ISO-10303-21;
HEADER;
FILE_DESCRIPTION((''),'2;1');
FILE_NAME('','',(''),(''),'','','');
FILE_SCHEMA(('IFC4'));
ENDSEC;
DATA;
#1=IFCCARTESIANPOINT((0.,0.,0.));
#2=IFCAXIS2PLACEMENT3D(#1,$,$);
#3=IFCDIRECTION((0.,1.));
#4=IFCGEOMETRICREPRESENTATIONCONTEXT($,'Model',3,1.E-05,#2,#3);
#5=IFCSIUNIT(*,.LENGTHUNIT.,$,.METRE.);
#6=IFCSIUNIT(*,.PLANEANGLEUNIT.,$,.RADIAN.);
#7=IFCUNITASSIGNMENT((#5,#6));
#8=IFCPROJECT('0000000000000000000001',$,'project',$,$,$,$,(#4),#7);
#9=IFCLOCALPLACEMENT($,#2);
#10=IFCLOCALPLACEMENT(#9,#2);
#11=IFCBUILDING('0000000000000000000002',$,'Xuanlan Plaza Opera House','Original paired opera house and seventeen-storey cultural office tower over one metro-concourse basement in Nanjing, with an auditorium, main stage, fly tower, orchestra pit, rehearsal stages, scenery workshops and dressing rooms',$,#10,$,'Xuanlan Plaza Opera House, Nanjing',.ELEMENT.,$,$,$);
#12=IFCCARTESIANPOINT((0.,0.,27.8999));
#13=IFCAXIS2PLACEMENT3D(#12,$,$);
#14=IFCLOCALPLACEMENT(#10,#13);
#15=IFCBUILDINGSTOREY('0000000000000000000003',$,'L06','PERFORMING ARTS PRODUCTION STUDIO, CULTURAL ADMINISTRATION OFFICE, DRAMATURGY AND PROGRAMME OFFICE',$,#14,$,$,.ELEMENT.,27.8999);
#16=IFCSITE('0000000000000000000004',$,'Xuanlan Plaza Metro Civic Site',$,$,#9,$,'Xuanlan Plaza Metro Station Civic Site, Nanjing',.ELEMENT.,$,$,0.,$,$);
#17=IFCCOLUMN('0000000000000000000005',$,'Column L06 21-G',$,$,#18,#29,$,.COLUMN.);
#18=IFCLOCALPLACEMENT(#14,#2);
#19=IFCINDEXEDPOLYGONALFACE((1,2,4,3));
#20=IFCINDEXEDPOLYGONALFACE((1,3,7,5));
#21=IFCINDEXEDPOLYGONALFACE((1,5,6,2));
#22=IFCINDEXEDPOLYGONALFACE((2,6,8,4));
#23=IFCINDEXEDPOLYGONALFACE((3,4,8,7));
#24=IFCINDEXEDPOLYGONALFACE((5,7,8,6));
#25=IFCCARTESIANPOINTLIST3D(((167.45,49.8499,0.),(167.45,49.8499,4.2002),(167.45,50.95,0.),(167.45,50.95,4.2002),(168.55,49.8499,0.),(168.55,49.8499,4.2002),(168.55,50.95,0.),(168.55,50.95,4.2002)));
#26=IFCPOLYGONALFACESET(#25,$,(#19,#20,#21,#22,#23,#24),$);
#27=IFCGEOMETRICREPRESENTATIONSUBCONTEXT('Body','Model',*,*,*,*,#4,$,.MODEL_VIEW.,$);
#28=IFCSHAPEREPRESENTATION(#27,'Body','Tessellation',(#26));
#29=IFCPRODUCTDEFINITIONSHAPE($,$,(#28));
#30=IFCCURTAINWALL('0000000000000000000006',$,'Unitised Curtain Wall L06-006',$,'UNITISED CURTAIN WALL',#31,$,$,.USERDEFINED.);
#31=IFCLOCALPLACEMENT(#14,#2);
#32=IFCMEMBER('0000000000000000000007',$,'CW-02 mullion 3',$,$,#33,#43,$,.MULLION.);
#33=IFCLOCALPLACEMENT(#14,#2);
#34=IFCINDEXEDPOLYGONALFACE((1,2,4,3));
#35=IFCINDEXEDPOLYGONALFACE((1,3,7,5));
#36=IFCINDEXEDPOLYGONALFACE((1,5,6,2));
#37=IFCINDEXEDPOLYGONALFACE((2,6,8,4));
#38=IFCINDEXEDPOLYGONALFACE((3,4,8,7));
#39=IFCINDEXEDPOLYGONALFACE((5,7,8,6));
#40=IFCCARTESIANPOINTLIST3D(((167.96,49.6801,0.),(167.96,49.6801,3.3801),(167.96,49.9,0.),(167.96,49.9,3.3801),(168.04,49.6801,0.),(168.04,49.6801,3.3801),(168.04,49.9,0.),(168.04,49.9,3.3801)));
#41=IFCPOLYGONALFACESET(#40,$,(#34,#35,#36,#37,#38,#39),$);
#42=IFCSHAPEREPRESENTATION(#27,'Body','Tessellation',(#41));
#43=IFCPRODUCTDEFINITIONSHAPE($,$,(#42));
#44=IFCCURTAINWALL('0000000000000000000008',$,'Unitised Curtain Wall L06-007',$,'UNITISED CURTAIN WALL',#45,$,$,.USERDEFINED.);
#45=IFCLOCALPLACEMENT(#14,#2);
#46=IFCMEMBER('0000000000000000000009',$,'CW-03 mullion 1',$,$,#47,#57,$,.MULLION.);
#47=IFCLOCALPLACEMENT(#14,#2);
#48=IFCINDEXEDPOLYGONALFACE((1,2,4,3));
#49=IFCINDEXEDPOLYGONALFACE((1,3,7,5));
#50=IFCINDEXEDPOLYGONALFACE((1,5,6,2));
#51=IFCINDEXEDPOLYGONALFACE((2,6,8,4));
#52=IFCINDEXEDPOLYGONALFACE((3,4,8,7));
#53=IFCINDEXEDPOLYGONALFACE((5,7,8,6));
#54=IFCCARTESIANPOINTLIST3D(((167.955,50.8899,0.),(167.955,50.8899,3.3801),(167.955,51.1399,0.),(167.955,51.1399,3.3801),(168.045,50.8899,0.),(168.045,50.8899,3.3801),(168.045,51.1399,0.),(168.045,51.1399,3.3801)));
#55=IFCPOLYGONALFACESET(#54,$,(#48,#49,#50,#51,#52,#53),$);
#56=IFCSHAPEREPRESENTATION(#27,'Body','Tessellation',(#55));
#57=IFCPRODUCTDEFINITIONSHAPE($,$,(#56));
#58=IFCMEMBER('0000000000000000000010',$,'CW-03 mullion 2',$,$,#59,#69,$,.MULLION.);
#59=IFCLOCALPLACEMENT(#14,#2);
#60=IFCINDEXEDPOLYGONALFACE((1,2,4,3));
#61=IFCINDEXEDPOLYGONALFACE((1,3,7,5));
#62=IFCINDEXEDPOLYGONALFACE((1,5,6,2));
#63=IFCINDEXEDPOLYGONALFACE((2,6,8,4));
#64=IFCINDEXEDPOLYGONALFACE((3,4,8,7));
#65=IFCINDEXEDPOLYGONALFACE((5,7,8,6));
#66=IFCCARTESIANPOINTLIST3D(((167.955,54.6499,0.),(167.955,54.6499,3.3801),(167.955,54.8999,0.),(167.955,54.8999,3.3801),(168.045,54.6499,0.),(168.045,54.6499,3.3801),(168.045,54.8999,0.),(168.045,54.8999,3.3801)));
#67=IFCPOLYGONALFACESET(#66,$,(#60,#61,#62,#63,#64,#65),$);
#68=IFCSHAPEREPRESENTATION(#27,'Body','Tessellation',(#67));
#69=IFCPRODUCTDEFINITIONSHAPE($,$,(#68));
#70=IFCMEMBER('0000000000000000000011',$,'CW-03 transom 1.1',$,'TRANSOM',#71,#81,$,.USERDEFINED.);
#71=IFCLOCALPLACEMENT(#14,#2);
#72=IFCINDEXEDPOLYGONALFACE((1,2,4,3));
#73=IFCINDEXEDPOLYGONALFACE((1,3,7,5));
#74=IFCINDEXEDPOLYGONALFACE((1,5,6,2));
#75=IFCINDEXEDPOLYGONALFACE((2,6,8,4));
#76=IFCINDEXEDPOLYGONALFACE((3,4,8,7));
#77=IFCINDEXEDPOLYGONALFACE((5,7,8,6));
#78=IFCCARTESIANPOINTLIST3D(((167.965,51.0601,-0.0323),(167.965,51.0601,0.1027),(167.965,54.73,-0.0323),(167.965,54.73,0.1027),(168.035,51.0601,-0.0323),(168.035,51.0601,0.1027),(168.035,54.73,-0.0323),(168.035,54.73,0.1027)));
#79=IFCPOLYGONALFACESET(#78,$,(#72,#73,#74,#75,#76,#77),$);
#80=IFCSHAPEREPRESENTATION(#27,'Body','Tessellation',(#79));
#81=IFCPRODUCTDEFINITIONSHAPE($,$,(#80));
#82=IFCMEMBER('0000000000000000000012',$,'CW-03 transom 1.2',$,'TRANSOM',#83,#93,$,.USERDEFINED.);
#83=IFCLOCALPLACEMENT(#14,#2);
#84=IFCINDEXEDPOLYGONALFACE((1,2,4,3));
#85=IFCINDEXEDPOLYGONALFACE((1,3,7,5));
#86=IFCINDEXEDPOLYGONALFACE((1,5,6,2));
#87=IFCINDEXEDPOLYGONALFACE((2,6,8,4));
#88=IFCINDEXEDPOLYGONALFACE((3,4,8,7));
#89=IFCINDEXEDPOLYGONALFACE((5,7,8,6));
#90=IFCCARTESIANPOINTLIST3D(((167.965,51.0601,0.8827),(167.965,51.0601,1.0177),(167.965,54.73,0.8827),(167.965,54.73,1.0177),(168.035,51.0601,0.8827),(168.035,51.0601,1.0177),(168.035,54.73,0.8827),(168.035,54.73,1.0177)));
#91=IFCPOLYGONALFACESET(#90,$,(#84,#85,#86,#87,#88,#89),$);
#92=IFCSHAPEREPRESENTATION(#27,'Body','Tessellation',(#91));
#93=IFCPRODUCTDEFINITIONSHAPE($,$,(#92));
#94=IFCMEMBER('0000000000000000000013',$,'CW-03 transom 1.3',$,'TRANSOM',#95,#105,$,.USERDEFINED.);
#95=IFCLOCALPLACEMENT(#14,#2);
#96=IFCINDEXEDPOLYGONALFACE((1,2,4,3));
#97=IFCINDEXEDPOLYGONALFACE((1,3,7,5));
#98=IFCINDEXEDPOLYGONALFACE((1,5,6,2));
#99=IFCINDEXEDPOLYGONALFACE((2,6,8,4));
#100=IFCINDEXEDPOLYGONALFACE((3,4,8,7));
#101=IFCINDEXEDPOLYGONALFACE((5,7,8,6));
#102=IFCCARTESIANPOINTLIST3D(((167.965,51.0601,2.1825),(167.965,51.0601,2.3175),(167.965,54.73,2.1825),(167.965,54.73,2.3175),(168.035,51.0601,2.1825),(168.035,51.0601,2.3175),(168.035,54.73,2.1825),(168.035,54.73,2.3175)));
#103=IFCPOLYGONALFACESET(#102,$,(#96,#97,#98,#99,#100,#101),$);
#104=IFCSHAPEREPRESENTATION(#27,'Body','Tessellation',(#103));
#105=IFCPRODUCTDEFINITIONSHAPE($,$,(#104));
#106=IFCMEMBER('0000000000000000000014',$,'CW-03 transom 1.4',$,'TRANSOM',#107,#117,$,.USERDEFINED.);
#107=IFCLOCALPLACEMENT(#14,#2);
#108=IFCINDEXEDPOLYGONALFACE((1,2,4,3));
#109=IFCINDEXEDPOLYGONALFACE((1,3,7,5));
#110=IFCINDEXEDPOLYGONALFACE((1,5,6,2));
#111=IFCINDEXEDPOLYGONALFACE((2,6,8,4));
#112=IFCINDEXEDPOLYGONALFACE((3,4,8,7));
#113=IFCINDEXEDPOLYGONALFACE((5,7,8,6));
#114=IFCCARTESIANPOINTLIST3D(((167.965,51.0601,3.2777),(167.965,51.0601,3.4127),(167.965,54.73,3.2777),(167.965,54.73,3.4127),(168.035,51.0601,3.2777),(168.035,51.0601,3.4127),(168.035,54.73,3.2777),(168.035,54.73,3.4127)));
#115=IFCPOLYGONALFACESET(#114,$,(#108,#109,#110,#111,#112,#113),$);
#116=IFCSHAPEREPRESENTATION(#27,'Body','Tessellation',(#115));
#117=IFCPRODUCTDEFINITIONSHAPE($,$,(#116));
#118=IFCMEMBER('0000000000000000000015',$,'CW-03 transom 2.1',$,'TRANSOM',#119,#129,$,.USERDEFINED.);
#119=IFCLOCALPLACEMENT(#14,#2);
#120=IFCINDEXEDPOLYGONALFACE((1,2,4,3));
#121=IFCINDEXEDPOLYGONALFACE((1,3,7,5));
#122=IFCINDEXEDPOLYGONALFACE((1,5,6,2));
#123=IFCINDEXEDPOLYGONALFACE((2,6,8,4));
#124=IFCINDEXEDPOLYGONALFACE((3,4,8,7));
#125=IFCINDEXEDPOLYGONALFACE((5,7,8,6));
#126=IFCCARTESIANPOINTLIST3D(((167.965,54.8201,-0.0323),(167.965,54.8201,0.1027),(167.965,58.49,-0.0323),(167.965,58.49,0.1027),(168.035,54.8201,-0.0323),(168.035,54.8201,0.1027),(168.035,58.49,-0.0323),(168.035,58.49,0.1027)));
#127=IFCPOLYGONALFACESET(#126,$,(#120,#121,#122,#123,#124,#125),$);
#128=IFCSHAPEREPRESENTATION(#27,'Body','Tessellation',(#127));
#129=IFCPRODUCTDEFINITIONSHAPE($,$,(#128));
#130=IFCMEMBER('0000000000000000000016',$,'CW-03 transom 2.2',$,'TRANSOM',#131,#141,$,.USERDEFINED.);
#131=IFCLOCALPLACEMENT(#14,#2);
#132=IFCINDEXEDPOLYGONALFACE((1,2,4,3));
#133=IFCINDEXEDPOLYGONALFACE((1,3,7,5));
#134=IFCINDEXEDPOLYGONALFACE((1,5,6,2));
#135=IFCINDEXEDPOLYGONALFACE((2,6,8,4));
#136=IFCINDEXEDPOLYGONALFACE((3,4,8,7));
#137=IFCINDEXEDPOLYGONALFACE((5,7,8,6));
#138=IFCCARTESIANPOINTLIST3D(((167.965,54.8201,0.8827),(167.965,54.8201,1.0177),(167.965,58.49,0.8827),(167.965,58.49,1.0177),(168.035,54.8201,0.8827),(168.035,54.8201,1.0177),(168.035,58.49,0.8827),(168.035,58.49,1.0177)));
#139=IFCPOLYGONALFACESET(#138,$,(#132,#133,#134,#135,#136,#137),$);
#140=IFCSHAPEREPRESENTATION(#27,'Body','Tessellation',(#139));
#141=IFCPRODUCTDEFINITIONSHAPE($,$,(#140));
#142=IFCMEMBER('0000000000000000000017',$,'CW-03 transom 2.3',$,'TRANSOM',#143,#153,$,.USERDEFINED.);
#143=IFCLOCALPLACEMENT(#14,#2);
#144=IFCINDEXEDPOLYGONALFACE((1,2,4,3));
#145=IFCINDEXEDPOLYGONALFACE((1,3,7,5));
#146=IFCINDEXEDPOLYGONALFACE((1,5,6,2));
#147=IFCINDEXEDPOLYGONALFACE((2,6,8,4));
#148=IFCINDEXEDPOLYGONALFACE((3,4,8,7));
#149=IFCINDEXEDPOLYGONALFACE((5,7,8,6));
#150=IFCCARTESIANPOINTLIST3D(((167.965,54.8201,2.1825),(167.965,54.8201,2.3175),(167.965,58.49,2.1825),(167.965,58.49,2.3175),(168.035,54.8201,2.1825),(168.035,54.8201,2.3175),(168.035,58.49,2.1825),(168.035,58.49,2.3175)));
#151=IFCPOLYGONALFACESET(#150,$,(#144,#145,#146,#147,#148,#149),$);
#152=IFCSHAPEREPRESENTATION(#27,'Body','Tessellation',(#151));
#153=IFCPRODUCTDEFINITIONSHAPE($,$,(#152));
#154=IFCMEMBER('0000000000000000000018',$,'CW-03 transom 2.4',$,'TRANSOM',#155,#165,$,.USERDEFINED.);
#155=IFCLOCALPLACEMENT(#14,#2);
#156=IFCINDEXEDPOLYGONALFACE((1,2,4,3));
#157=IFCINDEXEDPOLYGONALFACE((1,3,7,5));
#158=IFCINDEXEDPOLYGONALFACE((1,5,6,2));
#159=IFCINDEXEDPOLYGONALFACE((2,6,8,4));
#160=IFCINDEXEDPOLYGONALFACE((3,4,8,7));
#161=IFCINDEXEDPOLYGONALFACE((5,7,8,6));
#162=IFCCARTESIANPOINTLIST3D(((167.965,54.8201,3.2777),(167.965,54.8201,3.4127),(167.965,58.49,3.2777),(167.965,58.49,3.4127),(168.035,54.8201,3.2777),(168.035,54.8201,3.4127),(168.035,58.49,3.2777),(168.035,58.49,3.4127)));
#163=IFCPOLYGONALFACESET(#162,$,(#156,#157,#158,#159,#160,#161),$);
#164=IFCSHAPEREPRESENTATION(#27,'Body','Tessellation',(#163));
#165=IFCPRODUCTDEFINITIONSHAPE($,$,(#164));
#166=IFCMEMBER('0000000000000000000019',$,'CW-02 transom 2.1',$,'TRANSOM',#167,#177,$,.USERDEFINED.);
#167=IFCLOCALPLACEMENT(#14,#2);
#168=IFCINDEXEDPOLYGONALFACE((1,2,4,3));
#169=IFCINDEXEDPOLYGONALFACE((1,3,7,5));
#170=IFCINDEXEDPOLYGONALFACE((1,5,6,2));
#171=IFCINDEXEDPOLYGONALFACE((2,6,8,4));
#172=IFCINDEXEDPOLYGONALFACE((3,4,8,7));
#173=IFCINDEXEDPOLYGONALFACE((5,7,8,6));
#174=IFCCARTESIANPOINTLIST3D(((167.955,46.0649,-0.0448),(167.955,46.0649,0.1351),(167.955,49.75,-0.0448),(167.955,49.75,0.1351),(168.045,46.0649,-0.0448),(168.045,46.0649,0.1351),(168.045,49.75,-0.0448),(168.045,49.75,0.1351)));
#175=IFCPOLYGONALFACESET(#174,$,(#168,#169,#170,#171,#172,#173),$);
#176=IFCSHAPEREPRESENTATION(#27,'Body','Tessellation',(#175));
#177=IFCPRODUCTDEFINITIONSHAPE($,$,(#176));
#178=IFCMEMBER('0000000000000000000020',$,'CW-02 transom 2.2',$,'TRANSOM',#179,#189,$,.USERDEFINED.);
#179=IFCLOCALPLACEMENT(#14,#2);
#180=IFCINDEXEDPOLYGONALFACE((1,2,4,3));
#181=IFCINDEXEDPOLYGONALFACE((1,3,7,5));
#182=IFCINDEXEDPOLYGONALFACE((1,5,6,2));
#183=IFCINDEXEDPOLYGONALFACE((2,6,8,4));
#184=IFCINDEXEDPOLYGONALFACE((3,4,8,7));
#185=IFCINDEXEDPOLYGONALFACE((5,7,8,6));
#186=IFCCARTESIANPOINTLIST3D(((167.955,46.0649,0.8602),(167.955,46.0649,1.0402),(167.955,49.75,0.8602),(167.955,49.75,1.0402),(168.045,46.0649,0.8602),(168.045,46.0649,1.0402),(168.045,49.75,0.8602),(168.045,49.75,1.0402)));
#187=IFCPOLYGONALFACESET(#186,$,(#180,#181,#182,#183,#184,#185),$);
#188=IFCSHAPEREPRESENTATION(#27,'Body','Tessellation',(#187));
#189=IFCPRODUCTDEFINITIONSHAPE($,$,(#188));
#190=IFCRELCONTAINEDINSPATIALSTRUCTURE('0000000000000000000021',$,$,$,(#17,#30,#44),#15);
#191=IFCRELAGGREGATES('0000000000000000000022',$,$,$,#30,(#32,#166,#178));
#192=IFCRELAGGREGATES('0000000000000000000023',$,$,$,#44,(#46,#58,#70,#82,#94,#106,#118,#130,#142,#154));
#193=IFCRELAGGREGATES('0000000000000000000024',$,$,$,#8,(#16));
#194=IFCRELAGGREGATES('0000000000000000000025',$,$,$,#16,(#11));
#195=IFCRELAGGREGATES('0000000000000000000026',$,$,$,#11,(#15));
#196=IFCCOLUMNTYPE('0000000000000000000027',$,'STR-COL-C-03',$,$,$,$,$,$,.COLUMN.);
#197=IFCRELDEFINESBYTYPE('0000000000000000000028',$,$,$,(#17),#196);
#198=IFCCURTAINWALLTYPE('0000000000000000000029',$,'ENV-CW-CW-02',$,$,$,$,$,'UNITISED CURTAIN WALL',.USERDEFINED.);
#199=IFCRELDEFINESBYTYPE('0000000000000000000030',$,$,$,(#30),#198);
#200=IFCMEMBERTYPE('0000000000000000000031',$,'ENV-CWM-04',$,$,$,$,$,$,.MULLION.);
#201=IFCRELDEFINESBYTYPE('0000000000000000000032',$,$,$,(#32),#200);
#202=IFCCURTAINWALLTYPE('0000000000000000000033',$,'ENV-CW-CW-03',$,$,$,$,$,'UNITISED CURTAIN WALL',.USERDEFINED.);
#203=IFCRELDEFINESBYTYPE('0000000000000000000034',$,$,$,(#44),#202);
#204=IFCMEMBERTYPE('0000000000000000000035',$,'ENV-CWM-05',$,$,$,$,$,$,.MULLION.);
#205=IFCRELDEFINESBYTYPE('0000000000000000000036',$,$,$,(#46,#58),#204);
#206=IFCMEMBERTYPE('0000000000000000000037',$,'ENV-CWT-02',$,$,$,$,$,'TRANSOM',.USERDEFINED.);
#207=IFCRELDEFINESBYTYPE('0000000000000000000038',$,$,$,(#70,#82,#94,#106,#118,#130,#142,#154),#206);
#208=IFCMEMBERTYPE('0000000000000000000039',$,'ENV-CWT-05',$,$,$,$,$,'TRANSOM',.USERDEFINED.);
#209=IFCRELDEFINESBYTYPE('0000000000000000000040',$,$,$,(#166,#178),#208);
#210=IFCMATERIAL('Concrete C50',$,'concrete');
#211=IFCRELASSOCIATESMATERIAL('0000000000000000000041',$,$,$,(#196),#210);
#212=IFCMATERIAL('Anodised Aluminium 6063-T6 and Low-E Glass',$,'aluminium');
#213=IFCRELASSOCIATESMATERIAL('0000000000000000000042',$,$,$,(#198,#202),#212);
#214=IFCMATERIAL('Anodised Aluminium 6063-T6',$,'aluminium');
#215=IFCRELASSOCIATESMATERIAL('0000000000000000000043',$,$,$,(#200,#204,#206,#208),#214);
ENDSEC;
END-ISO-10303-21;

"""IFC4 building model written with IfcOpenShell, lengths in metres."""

from ifc_helpers import new_model, si_unit, direction, frame, origin, origin_2d, place, context, subcontext, project, spatial, rectangle, extrude, material, material_profile, profile_set, type_object, element, aggregate, save


model = new_model("IFC4")

# Units and contexts
model_context = context("Model", 3, precision=1e-05, world=origin(), true_north=direction((0.0, 1.0)))
body_context = subcontext(model_context, "Body", "Model", "MODEL_VIEW")
ifc_project = project(units=[si_unit("LENGTHUNIT", "METRE"), si_unit("PLANEANGLEUNIT", "RADIAN")], contexts=[model_context])

# Site, building, storey
site_placement = place(None, origin())
site = spatial("IfcSite", under=ifc_project, at=site_placement, Name="Xuanlan Plaza Metro Civic Site", LongName="Xuanlan Plaza Metro Station Civic Site, Nanjing", CompositionType="ELEMENT", RefElevation=0.0)
building_placement = place(site_placement, origin())
building = spatial("IfcBuilding", under=site, at=building_placement, Name="Xuanlan Plaza Opera House", Description="Original paired opera house and seventeen-storey cultural office tower over one metro-concourse basement in Nanjing, with an auditorium, main stage, fly tower, orchestra pit, rehearsal stages, scenery workshops and dressing rooms", LongName="Xuanlan Plaza Opera House, Nanjing", CompositionType="ELEMENT")
storey_placement = place(building_placement, frame((0.0, 0.0, 27.8999)))
storey = spatial("IfcBuildingStorey", under=building, at=storey_placement, Name="L06", Description="PERFORMING ARTS PRODUCTION STUDIO, CULTURAL ADMINISTRATION OFFICE, DRAMATURGY AND PROGRAMME OFFICE", CompositionType="ELEMENT", Elevation=27.8999)

# Column
ifc_material_1 = material(Name="Concrete C50", Category="concrete")
ifc_material_profile_1 = material_profile(ifc_material_1, rectangle(XDim=1.1001, YDim=1.1001, at=origin_2d()), Name="RC-COL 1100x1100")
ifc_profile_set_1 = profile_set([ifc_material_profile_1], Name="Concrete C50")
column_type = type_object("IfcColumnType", Name="STR-COL-C-03", PredefinedType="COLUMN", material=ifc_profile_set_1)
column_placement = place(storey_placement, frame((168.0, 50.3999, 0.0), z_axis=(0.0, 0.0, 1.0), x_axis=(1.0, 0.0, 0.0)))
element("IfcColumn", 1, at=column_placement, inside=storey, type_object=column_type, Name="Column L06 21-G", PredefinedType="COLUMN", context=body_context, shape_type="SweptSolid", body=[
    extrude(rectangle(XDim=1.1001, YDim=1.1001, at=origin_2d()), origin(), (0.0, 0.0, 1.0), 4.2002),
])

# Curtain wall, member
ifc_material_2 = material(Name="Anodised Aluminium 6063-T6 and Low-E Glass", Category="aluminium")
curtain_wall_type_1 = type_object("IfcCurtainWallType", Name="ENV-CW-CW-02", ElementType="UNITISED CURTAIN WALL", PredefinedType="USERDEFINED", material=ifc_material_2)
curtain_wall_1_placement = place(storey_placement, origin())
curtain_wall_1 = element("IfcCurtainWall", 2, at=curtain_wall_1_placement, inside=storey, type_object=curtain_wall_type_1, Name="Unitised Curtain Wall L06-006", ObjectType="UNITISED CURTAIN WALL", PredefinedType="USERDEFINED")
ifc_material_3 = material(Name="Anodised Aluminium 6063-T6", Category="aluminium")
ifc_material_profile_2 = material_profile(ifc_material_3, rectangle(XDim=0.0801, YDim=0.22, at=origin_2d()), Name="ALU-M 80x220")
ifc_profile_set_2 = profile_set([ifc_material_profile_2], Name="Anodised Aluminium 6063-T6")
member_type_1 = type_object("IfcMemberType", Name="ENV-CWM-04", PredefinedType="MULLION", material=ifc_profile_set_2)
member_1_placement = place(storey_placement, frame((168.0, 49.79, 0.0), z_axis=(0.0, 0.0, 1.0), x_axis=(-1.0, 0.0, 0.0)))
member_1 = element("IfcMember", 3, at=member_1_placement, type_object=member_type_1, Name="CW-02 mullion 3", PredefinedType="MULLION", context=body_context, shape_type="SweptSolid", body=[
    extrude(rectangle(XDim=0.0801, YDim=0.22, at=origin_2d()), origin(), (0.0, 0.0, 1.0), 3.3801),
])

# Curtain wall, members
curtain_wall_type_2 = type_object("IfcCurtainWallType", Name="ENV-CW-CW-03", ElementType="UNITISED CURTAIN WALL", PredefinedType="USERDEFINED", material=ifc_material_2)
curtain_wall_2_placement = place(storey_placement, origin())
curtain_wall_2 = element("IfcCurtainWall", 4, at=curtain_wall_2_placement, inside=storey, type_object=curtain_wall_type_2, Name="Unitised Curtain Wall L06-007", ObjectType="UNITISED CURTAIN WALL", PredefinedType="USERDEFINED")
ifc_material_profile_3 = material_profile(ifc_material_3, rectangle(XDim=0.0901, YDim=0.25, at=origin_2d()), Name="ALU-M 90x250")
ifc_profile_set_3 = profile_set([ifc_material_profile_3], Name="Anodised Aluminium 6063-T6")
member_type_2 = type_object("IfcMemberType", Name="ENV-CWM-05", PredefinedType="MULLION", material=ifc_profile_set_3)
member_2_placement = place(storey_placement, frame((168.0, 51.0149, 0.0), z_axis=(0.0, 0.0, 1.0), x_axis=(-1.0, 0.0, 0.0)))
member_2 = element("IfcMember", 5, at=member_2_placement, type_object=member_type_2, Name="CW-03 mullion 1", PredefinedType="MULLION", context=body_context, shape_type="SweptSolid", body=[
    extrude(rectangle(XDim=0.0901, YDim=0.25, at=origin_2d()), origin(), (0.0, 0.0, 1.0), 3.3801),
])
member_3_placement = place(storey_placement, frame((168.0, 54.7749, 0.0), z_axis=(0.0, 0.0, 1.0), x_axis=(-1.0, 0.0, 0.0)))
member_3 = element("IfcMember", 6, at=member_3_placement, type_object=member_type_2, Name="CW-03 mullion 2", PredefinedType="MULLION", context=body_context, shape_type="SweptSolid", body=[
    extrude(rectangle(XDim=0.0901, YDim=0.25, at=origin_2d()), origin(), (0.0, 0.0, 1.0), 3.3801),
])
ifc_material_profile_4 = material_profile(ifc_material_3, rectangle(XDim=0.0701, YDim=0.135, at=origin_2d()), Name="ALU-T 70x135")
ifc_profile_set_4 = profile_set([ifc_material_profile_4], Name="Anodised Aluminium 6063-T6")
member_type_3 = type_object("IfcMemberType", Name="ENV-CWT-02", ElementType="TRANSOM", PredefinedType="USERDEFINED", material=ifc_profile_set_4)
member_4_placement = place(storey_placement, frame((168.0, 51.0601, 0.0352), z_axis=(0.0, 1.0, 0.0), x_axis=(-1.0, 0.0, 0.0)))
member_4 = element("IfcMember", 7, at=member_4_placement, type_object=member_type_3, Name="CW-03 transom 1.1", ObjectType="TRANSOM", PredefinedType="USERDEFINED", context=body_context, shape_type="SweptSolid", body=[
    extrude(rectangle(XDim=0.0701, YDim=0.135, at=origin_2d()), origin(), (0.0, 0.0, 1.0), 3.6699),
])
member_5_placement = place(storey_placement, frame((168.0, 51.0601, 0.9502), z_axis=(0.0, 1.0, 0.0), x_axis=(-1.0, 0.0, 0.0)))
member_5 = element("IfcMember", 8, at=member_5_placement, type_object=member_type_3, Name="CW-03 transom 1.2", ObjectType="TRANSOM", PredefinedType="USERDEFINED", context=body_context, shape_type="SweptSolid", body=[
    extrude(rectangle(XDim=0.0701, YDim=0.135, at=origin_2d()), origin(), (0.0, 0.0, 1.0), 3.6699),
])
member_6_placement = place(storey_placement, frame((168.0, 51.0601, 2.25), z_axis=(0.0, 1.0, 0.0), x_axis=(-1.0, 0.0, 0.0)))
member_6 = element("IfcMember", 9, at=member_6_placement, type_object=member_type_3, Name="CW-03 transom 1.3", ObjectType="TRANSOM", PredefinedType="USERDEFINED", context=body_context, shape_type="SweptSolid", body=[
    extrude(rectangle(XDim=0.0701, YDim=0.135, at=origin_2d()), origin(), (0.0, 0.0, 1.0), 3.6699),
])
member_7_placement = place(storey_placement, frame((168.0, 51.0601, 3.3452), z_axis=(0.0, 1.0, 0.0), x_axis=(-1.0, 0.0, 0.0)))
member_7 = element("IfcMember", 10, at=member_7_placement, type_object=member_type_3, Name="CW-03 transom 1.4", ObjectType="TRANSOM", PredefinedType="USERDEFINED", context=body_context, shape_type="SweptSolid", body=[
    extrude(rectangle(XDim=0.0701, YDim=0.135, at=origin_2d()), origin(), (0.0, 0.0, 1.0), 3.6699),
])
member_8_placement = place(storey_placement, frame((168.0, 54.8201, 0.0352), z_axis=(0.0, 1.0, 0.0), x_axis=(-1.0, 0.0, 0.0)))
member_8 = element("IfcMember", 11, at=member_8_placement, type_object=member_type_3, Name="CW-03 transom 2.1", ObjectType="TRANSOM", PredefinedType="USERDEFINED", context=body_context, shape_type="SweptSolid", body=[
    extrude(rectangle(XDim=0.0701, YDim=0.135, at=origin_2d()), origin(), (0.0, 0.0, 1.0), 3.6699),
])
member_9_placement = place(storey_placement, frame((168.0, 54.8201, 0.9502), z_axis=(0.0, 1.0, 0.0), x_axis=(-1.0, 0.0, 0.0)))
member_9 = element("IfcMember", 12, at=member_9_placement, type_object=member_type_3, Name="CW-03 transom 2.2", ObjectType="TRANSOM", PredefinedType="USERDEFINED", context=body_context, shape_type="SweptSolid", body=[
    extrude(rectangle(XDim=0.0701, YDim=0.135, at=origin_2d()), origin(), (0.0, 0.0, 1.0), 3.6699),
])
member_10_placement = place(storey_placement, frame((168.0, 54.8201, 2.25), z_axis=(0.0, 1.0, 0.0), x_axis=(-1.0, 0.0, 0.0)))
member_10 = element("IfcMember", 13, at=member_10_placement, type_object=member_type_3, Name="CW-03 transom 2.3", ObjectType="TRANSOM", PredefinedType="USERDEFINED", context=body_context, shape_type="SweptSolid", body=[
    extrude(rectangle(XDim=0.0701, YDim=0.135, at=origin_2d()), origin(), (0.0, 0.0, 1.0), 3.6699),
])
member_11_placement = place(storey_placement, frame((168.0, 54.8201, 3.3452), z_axis=(0.0, 1.0, 0.0), x_axis=(-1.0, 0.0, 0.0)))
member_11 = element("IfcMember", 14, at=member_11_placement, type_object=member_type_3, Name="CW-03 transom 2.4", ObjectType="TRANSOM", PredefinedType="USERDEFINED", context=body_context, shape_type="SweptSolid", body=[
    extrude(rectangle(XDim=0.0701, YDim=0.135, at=origin_2d()), origin(), (0.0, 0.0, 1.0), 3.6699),
])

# Members
ifc_material_profile_5 = material_profile(ifc_material_3, rectangle(XDim=0.0901, YDim=0.1799, at=origin_2d()), Name="ALU-T 90x180")
ifc_profile_set_5 = profile_set([ifc_material_profile_5], Name="Anodised Aluminium 6063-T6")
member_type_4 = type_object("IfcMemberType", Name="ENV-CWT-05", ElementType="TRANSOM", PredefinedType="USERDEFINED", material=ifc_profile_set_5)
member_12_placement = place(storey_placement, frame((168.0, 46.0649, 0.0452), z_axis=(0.0, 1.0, 0.0), x_axis=(-1.0, 0.0, 0.0)))
member_12 = element("IfcMember", 15, at=member_12_placement, type_object=member_type_4, Name="CW-02 transom 2.1", ObjectType="TRANSOM", PredefinedType="USERDEFINED", context=body_context, shape_type="SweptSolid", body=[
    extrude(rectangle(XDim=0.0901, YDim=0.1799, at=origin_2d()), origin(), (0.0, 0.0, 1.0), 3.6851),
])
member_13_placement = place(storey_placement, frame((168.0, 46.0649, 0.9502), z_axis=(0.0, 1.0, 0.0), x_axis=(-1.0, 0.0, 0.0)))
member_13 = element("IfcMember", 16, at=member_13_placement, type_object=member_type_4, Name="CW-02 transom 2.2", ObjectType="TRANSOM", PredefinedType="USERDEFINED", context=body_context, shape_type="SweptSolid", body=[
    extrude(rectangle(XDim=0.0901, YDim=0.1799, at=origin_2d()), origin(), (0.0, 0.0, 1.0), 3.6851),
])

aggregate(curtain_wall_1, [member_1, member_12, member_13])
aggregate(curtain_wall_2, [member_2, member_3, member_4, member_5, member_6, member_7, member_8, member_9, member_10, member_11])

save(model, "model.ifc")
